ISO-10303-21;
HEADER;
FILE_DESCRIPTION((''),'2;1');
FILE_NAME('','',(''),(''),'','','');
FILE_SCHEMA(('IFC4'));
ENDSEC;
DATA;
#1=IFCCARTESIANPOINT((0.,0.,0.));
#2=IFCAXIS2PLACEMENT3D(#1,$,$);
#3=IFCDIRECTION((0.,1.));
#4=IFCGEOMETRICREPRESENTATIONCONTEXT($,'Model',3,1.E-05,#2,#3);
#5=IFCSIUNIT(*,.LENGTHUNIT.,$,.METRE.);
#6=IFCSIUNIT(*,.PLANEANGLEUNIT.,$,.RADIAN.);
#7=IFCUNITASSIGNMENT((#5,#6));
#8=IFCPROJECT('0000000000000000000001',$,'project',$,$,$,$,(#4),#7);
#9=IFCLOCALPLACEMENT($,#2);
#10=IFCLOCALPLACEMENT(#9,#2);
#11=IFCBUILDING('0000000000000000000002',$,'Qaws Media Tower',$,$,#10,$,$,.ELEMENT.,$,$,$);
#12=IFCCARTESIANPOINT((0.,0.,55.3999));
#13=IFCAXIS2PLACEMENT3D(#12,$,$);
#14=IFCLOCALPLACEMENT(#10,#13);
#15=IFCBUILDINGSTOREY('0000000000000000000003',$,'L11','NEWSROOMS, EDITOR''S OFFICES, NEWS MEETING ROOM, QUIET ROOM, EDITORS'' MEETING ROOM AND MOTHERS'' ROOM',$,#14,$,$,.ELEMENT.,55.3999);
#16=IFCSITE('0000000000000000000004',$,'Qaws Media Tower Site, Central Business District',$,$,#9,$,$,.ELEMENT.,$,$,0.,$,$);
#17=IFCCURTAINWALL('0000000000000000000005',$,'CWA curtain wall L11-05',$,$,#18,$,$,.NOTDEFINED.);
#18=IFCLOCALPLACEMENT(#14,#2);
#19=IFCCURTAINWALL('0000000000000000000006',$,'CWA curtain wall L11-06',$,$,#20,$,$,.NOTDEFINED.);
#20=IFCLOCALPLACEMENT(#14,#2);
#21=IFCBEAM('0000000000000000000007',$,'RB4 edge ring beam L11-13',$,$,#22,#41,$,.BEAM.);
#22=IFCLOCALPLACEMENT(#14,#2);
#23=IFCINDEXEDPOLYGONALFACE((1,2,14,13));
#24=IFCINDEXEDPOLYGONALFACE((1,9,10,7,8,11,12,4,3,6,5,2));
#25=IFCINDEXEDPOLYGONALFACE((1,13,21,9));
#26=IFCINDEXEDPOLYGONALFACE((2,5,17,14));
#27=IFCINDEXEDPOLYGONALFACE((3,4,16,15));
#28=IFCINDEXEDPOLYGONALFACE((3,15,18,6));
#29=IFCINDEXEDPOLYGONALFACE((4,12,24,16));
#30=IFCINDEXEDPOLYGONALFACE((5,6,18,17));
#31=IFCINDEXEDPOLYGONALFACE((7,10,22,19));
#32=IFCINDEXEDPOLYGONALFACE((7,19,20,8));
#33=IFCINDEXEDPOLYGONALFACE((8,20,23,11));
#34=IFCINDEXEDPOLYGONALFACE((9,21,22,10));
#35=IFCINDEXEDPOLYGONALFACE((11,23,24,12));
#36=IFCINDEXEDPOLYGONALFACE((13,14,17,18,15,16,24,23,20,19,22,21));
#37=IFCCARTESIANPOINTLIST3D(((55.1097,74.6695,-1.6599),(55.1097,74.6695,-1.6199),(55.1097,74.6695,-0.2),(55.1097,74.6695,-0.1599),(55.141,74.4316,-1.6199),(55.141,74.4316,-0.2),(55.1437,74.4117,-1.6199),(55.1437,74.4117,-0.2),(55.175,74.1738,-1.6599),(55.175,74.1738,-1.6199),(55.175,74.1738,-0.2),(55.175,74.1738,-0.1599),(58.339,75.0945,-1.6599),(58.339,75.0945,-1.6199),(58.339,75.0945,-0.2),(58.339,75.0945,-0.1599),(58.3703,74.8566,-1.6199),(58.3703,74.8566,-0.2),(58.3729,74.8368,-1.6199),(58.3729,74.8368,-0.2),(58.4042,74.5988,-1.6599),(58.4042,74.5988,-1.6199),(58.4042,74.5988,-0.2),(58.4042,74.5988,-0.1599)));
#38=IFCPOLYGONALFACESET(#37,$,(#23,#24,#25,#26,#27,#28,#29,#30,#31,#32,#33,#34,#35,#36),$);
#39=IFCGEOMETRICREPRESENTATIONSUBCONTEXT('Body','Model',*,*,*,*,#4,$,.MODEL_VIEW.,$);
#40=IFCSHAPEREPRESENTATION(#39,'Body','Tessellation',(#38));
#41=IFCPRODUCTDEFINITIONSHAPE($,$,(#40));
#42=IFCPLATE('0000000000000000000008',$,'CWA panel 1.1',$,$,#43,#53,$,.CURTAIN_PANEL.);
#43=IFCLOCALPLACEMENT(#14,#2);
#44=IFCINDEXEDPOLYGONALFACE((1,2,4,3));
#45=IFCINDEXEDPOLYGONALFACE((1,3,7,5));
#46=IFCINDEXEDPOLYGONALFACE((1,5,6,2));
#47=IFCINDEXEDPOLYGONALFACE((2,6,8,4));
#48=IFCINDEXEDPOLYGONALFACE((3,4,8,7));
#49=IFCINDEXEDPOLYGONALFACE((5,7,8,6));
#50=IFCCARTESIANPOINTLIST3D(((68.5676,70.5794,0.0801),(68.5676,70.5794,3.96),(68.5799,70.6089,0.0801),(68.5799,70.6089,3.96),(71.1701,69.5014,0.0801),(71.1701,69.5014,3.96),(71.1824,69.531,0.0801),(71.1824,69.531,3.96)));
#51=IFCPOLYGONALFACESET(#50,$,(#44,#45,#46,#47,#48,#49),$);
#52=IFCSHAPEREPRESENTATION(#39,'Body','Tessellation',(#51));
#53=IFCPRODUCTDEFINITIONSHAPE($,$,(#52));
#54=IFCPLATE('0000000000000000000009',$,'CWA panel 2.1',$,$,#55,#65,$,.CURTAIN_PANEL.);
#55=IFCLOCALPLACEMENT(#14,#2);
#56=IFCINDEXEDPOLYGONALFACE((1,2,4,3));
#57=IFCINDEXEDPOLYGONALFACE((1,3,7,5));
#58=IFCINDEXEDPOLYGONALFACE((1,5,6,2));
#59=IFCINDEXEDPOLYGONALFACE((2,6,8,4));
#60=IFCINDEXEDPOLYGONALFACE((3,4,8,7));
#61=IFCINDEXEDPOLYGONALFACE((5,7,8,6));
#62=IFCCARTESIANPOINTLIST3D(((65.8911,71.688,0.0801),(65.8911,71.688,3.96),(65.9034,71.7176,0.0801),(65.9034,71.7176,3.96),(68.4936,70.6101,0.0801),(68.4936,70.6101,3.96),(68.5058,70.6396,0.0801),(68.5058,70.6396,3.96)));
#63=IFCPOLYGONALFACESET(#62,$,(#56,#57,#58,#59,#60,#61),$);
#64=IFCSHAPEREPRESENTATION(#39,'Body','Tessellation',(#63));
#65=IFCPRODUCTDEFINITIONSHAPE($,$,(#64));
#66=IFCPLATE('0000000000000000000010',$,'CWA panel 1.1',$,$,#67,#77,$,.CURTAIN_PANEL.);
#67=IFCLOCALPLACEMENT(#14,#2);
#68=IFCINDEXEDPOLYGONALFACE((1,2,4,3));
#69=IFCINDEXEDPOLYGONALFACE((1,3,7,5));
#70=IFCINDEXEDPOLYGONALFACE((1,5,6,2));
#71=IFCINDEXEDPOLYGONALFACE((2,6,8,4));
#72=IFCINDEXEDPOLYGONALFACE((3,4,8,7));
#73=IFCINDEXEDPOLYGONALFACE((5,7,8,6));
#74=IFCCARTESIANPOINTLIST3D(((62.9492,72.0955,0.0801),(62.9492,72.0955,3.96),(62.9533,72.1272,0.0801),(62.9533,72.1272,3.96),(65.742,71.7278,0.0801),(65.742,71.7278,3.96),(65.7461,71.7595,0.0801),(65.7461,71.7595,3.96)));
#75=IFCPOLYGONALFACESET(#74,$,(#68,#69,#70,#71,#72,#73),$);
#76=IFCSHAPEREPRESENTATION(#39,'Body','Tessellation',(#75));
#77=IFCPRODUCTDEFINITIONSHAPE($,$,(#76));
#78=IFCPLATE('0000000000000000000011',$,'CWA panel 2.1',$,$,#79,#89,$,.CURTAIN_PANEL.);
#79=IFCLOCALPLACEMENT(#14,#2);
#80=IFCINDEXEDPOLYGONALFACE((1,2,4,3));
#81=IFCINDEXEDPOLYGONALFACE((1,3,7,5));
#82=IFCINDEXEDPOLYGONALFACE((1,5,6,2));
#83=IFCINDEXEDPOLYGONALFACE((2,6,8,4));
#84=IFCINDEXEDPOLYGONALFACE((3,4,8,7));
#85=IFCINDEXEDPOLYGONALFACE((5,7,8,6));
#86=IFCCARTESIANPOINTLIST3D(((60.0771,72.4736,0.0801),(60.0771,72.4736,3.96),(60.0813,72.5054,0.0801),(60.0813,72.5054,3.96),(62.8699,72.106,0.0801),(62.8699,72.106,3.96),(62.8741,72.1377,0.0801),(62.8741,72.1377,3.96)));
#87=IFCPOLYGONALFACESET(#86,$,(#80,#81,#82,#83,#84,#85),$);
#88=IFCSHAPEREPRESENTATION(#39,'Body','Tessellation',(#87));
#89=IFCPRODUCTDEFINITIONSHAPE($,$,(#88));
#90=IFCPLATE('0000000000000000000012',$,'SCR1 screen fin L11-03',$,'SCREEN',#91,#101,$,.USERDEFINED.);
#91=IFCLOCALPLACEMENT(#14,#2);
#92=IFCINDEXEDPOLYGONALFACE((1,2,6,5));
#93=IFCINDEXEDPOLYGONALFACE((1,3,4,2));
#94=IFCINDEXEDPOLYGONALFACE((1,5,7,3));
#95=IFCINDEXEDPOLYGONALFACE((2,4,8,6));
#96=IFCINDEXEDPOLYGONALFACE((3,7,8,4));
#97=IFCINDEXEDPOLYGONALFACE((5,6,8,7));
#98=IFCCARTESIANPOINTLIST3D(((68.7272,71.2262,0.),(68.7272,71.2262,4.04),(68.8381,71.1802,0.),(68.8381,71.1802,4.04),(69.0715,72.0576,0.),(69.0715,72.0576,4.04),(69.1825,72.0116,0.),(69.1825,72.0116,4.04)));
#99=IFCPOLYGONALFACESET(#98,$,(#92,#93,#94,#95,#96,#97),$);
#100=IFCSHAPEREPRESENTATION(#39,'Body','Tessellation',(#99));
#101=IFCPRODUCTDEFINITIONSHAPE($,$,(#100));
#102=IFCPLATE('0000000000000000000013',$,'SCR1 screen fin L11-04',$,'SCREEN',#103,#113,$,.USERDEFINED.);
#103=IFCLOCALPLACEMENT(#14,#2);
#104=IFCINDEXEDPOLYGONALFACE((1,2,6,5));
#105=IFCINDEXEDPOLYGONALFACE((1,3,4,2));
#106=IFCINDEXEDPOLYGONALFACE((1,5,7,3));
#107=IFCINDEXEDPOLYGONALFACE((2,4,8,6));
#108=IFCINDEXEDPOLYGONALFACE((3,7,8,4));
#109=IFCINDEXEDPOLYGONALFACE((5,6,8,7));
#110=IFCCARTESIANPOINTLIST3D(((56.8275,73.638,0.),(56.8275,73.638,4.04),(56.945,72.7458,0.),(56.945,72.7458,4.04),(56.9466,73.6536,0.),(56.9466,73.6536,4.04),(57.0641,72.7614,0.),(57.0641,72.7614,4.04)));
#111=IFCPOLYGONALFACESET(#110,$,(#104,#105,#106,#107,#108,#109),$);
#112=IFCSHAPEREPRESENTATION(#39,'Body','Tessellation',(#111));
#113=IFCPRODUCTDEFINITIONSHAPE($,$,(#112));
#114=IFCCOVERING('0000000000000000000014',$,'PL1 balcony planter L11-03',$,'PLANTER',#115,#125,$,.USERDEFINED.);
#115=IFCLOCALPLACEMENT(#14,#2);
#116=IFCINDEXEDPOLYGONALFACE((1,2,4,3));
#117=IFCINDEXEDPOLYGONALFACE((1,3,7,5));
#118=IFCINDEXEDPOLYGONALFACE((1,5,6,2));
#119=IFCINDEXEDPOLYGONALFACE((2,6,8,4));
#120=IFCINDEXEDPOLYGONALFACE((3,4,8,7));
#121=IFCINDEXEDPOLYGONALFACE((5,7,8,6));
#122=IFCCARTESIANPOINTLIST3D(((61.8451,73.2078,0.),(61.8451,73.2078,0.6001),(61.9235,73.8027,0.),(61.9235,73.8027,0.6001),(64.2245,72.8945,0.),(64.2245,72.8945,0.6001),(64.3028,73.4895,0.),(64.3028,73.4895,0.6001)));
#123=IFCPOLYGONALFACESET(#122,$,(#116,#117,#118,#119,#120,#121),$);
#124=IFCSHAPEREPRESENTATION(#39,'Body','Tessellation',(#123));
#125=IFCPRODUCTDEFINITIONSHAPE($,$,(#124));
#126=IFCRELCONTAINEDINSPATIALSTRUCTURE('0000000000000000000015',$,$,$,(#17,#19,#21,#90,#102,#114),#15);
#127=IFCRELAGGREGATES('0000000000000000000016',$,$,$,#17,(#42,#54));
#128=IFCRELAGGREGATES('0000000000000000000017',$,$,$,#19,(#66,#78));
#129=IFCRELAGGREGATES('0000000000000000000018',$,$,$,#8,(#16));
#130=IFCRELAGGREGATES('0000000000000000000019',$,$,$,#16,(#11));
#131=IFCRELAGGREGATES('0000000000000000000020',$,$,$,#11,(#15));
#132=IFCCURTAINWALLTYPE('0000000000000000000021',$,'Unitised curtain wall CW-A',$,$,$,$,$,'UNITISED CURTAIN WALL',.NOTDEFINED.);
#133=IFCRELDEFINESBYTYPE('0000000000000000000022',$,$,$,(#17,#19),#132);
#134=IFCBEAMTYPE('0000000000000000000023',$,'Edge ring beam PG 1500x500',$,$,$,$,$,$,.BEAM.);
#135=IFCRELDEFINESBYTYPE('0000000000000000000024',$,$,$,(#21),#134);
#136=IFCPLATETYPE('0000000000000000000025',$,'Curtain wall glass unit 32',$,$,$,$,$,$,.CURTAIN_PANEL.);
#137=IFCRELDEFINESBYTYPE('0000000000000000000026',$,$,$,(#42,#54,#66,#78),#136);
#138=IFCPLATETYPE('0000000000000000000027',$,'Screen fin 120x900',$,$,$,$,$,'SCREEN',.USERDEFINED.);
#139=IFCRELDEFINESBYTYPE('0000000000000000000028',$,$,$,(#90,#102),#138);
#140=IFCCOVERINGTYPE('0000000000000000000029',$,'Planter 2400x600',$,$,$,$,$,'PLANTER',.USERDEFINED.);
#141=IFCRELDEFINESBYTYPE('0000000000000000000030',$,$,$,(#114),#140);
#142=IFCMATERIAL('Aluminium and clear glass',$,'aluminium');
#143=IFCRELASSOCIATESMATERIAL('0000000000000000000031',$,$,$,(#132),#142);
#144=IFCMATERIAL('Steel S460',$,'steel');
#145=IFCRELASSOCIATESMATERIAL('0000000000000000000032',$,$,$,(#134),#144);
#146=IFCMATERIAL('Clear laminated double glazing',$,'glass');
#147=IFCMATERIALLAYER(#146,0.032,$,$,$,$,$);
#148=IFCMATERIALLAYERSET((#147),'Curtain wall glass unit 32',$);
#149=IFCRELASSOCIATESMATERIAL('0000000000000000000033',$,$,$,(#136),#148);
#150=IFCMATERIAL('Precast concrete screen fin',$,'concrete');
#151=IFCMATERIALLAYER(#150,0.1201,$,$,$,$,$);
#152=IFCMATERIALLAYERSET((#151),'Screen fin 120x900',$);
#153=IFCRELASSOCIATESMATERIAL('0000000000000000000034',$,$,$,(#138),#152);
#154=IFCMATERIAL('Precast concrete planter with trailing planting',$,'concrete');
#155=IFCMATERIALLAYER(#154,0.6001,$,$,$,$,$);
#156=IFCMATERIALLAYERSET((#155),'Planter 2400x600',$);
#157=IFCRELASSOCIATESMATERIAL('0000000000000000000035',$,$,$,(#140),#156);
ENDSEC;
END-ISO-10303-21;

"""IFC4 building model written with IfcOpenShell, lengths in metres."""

from ifc_helpers import new_model, si_unit, direction, frame, origin, origin_2d, place, context, subcontext, project, spatial, rectangle, i_section, extrude, material, layer, layer_set, material_profile, profile_set, type_object, element, aggregate, save


model = new_model("IFC4")

# Units and contexts
model_context = context("Model", 3, precision=1e-05, world=origin(), true_north=direction((0.0, 1.0)))
body_context = subcontext(model_context, "Body", "Model", "MODEL_VIEW")
ifc_project = project(units=[si_unit("LENGTHUNIT", "METRE"), si_unit("PLANEANGLEUNIT", "RADIAN")], contexts=[model_context])

# Site, building, storey
site_placement = place(None, origin())
site = spatial("IfcSite", under=ifc_project, at=site_placement, Name="Qaws Media Tower Site, Central Business District", CompositionType="ELEMENT", RefElevation=0.0)
building_placement = place(site_placement, origin())
building = spatial("IfcBuilding", under=site, at=building_placement, Name="Qaws Media Tower", CompositionType="ELEMENT")
storey_placement = place(building_placement, frame((0.0, 0.0, 55.3999)))
storey = spatial("IfcBuildingStorey", under=building, at=storey_placement, Name="L11", Description="NEWSROOMS, EDITOR'S OFFICES, NEWS MEETING ROOM, QUIET ROOM, EDITORS' MEETING ROOM AND MOTHERS' ROOM", CompositionType="ELEMENT", Elevation=55.3999)

# Curtain walls
ifc_material_1 = material(Name="Aluminium and clear glass", Category="aluminium")
curtain_wall_type = type_object("IfcCurtainWallType", Name="Unitised curtain wall CW-A", ElementType="UNITISED CURTAIN WALL", PredefinedType="NOTDEFINED", material=ifc_material_1)
curtain_wall_1_placement = place(storey_placement, origin())
curtain_wall_1 = element("IfcCurtainWall", 1, at=curtain_wall_1_placement, inside=storey, type_object=curtain_wall_type, Name="CWA curtain wall L11-05", PredefinedType="NOTDEFINED")
curtain_wall_2_placement = place(storey_placement, origin())
curtain_wall_2 = element("IfcCurtainWall", 2, at=curtain_wall_2_placement, inside=storey, type_object=curtain_wall_type, Name="CWA curtain wall L11-06", PredefinedType="NOTDEFINED")

# Beam
ifc_material_2 = material(Name="Steel S460", Category="steel")
ifc_material_profile_1 = material_profile(ifc_material_2, i_section(OverallWidth=0.5, OverallDepth=1.5, WebThickness=0.02, FlangeThickness=0.04, at=origin_2d()), Name="PG 1500x500")
ifc_profile_set_1 = profile_set([ifc_material_profile_1], Name="Steel S460")
beam_type = type_object("IfcBeamType", Name="Edge ring beam PG 1500x500", PredefinedType="BEAM", material=ifc_profile_set_1)
beam_1_placement = place(storey_placement, frame((58.3716, 74.8467, -0.9099), z_axis=(-0.991448, -0.130499, 0.0), x_axis=(0.130499, -0.991448, 0.0)))
element("IfcBeam", 3, at=beam_1_placement, inside=storey, type_object=beam_type, Name="RB4 edge ring beam L11-13", PredefinedType="BEAM", context=body_context, shape_type="SweptSolid", body=[
    extrude(i_section(OverallWidth=0.5, OverallDepth=1.5, WebThickness=0.02, FlangeThickness=0.04, at=origin_2d()), origin(), (0.0, 0.0, 1.0), 3.2571),
])

# Plates
ifc_material_3 = material(Name="Clear laminated double glazing", Category="glass")
ifc_layer_1 = layer(ifc_material_3, 0.032)
ifc_layer_set_1 = layer_set([ifc_layer_1], Name="Curtain wall glass unit 32")
plate_type_1 = type_object("IfcPlateType", Name="Curtain wall glass unit 32", PredefinedType="CURTAIN_PANEL", material=ifc_layer_set_1)
plate_1_placement = place(storey_placement, frame((69.875, 70.0552, 0.0801), z_axis=(0.0, 0.0, 1.0), x_axis=(-0.92388, 0.382683, 0.0)))
plate_1 = element("IfcPlate", 4, at=plate_1_placement, type_object=plate_type_1, Name="CWA panel 1.1", PredefinedType="CURTAIN_PANEL", context=body_context, shape_type="SweptSolid", body=[
    extrude(rectangle(XDim=2.8169, YDim=0.032, at=origin_2d()), origin(), (0.0, 0.0, 1.0), 3.8799),
])
plate_2_placement = place(storey_placement, frame((67.1985, 71.1638, 0.0801), z_axis=(0.0, 0.0, 1.0), x_axis=(-0.92388, 0.382683, 0.0)))
plate_2 = element("IfcPlate", 5, at=plate_2_placement, type_object=plate_type_1, Name="CWA panel 2.1", PredefinedType="CURTAIN_PANEL", context=body_context, shape_type="SweptSolid", body=[
    extrude(rectangle(XDim=2.8169, YDim=0.032, at=origin_2d()), origin(), (0.0, 0.0, 1.0), 3.8799),
])
aggregate(curtain_wall_1, [plate_1, plate_2])
plate_3_placement = place(storey_placement, frame((64.3477, 71.9275, 0.0801), z_axis=(0.0, 0.0, 1.0), x_axis=(-0.991445, 0.130526, 0.0)))
plate_3 = element("IfcPlate", 6, at=plate_3_placement, type_object=plate_type_1, Name="CWA panel 1.1", PredefinedType="CURTAIN_PANEL", context=body_context, shape_type="SweptSolid", body=[
    extrude(rectangle(XDim=2.8169, YDim=0.032, at=origin_2d()), origin(), (0.0, 0.0, 1.0), 3.8799),
])
plate_4_placement = place(storey_placement, frame((61.4756, 72.3057, 0.0801), z_axis=(0.0, 0.0, 1.0), x_axis=(-0.991445, 0.130526, 0.0)))
plate_4 = element("IfcPlate", 7, at=plate_4_placement, type_object=plate_type_1, Name="CWA panel 2.1", PredefinedType="CURTAIN_PANEL", context=body_context, shape_type="SweptSolid", body=[
    extrude(rectangle(XDim=2.8169, YDim=0.032, at=origin_2d()), origin(), (0.0, 0.0, 1.0), 3.8799),
])
aggregate(curtain_wall_2, [plate_3, plate_4])

# Plates
ifc_material_4 = material(Name="Precast concrete screen fin", Category="concrete")
ifc_layer_2 = layer(ifc_material_4, 0.1201)
ifc_layer_set_2 = layer_set([ifc_layer_2], Name="Screen fin 120x900")
plate_type_2 = type_object("IfcPlateType", Name="Screen fin 120x900", ElementType="SCREEN", PredefinedType="USERDEFINED", material=ifc_layer_set_2)
for number, where, z_axis, x_axis, name in (
    (8, (68.9548, 71.6189, 0.0), (0.0, 0.0, 1.0), (0.382683, 0.92388, 0.0), "SCR1 screen fin L11-03"),
    (9, (56.9458, 73.1997, 0.0), (0.0, 0.0, 1.0), (-0.130526, 0.991445, 0.0), "SCR1 screen fin L11-04"),
):
    element("IfcPlate", number, at=place(storey_placement, frame(where, z_axis=z_axis, x_axis=x_axis)), inside=storey, type_object=plate_type_2, Name=name, ObjectType="SCREEN", PredefinedType="USERDEFINED", context=body_context, shape_type="SweptSolid", body=[
        extrude(rectangle(XDim=0.8999, YDim=0.1201, at=origin_2d()), origin(), (0.0, 0.0, 1.0), 4.04),
    ])

# Covering
ifc_material_5 = material(Name="Precast concrete planter with trailing planting", Category="concrete")
ifc_layer_3 = layer(ifc_material_5, 0.6001)
ifc_layer_set_3 = layer_set([ifc_layer_3], Name="Planter 2400x600")
covering_type = type_object("IfcCoveringType", Name="Planter 2400x600", ElementType="PLANTER", PredefinedType="USERDEFINED", material=ifc_layer_set_3)
covering_placement = place(storey_placement, frame((63.074, 73.3486, 0.0), z_axis=(0.0, 0.0, 1.0), x_axis=(-0.991445, 0.130526, 0.0)))
element("IfcCovering", 10, at=covering_placement, inside=storey, type_object=covering_type, Name="PL1 balcony planter L11-03", ObjectType="PLANTER", PredefinedType="USERDEFINED", context=body_context, shape_type="SweptSolid", body=[
    extrude(rectangle(XDim=2.3999, YDim=0.6001, at=origin_2d()), origin(), (0.0, 0.0, 1.0), 0.6001),
])

save(model, "model.ifc")
